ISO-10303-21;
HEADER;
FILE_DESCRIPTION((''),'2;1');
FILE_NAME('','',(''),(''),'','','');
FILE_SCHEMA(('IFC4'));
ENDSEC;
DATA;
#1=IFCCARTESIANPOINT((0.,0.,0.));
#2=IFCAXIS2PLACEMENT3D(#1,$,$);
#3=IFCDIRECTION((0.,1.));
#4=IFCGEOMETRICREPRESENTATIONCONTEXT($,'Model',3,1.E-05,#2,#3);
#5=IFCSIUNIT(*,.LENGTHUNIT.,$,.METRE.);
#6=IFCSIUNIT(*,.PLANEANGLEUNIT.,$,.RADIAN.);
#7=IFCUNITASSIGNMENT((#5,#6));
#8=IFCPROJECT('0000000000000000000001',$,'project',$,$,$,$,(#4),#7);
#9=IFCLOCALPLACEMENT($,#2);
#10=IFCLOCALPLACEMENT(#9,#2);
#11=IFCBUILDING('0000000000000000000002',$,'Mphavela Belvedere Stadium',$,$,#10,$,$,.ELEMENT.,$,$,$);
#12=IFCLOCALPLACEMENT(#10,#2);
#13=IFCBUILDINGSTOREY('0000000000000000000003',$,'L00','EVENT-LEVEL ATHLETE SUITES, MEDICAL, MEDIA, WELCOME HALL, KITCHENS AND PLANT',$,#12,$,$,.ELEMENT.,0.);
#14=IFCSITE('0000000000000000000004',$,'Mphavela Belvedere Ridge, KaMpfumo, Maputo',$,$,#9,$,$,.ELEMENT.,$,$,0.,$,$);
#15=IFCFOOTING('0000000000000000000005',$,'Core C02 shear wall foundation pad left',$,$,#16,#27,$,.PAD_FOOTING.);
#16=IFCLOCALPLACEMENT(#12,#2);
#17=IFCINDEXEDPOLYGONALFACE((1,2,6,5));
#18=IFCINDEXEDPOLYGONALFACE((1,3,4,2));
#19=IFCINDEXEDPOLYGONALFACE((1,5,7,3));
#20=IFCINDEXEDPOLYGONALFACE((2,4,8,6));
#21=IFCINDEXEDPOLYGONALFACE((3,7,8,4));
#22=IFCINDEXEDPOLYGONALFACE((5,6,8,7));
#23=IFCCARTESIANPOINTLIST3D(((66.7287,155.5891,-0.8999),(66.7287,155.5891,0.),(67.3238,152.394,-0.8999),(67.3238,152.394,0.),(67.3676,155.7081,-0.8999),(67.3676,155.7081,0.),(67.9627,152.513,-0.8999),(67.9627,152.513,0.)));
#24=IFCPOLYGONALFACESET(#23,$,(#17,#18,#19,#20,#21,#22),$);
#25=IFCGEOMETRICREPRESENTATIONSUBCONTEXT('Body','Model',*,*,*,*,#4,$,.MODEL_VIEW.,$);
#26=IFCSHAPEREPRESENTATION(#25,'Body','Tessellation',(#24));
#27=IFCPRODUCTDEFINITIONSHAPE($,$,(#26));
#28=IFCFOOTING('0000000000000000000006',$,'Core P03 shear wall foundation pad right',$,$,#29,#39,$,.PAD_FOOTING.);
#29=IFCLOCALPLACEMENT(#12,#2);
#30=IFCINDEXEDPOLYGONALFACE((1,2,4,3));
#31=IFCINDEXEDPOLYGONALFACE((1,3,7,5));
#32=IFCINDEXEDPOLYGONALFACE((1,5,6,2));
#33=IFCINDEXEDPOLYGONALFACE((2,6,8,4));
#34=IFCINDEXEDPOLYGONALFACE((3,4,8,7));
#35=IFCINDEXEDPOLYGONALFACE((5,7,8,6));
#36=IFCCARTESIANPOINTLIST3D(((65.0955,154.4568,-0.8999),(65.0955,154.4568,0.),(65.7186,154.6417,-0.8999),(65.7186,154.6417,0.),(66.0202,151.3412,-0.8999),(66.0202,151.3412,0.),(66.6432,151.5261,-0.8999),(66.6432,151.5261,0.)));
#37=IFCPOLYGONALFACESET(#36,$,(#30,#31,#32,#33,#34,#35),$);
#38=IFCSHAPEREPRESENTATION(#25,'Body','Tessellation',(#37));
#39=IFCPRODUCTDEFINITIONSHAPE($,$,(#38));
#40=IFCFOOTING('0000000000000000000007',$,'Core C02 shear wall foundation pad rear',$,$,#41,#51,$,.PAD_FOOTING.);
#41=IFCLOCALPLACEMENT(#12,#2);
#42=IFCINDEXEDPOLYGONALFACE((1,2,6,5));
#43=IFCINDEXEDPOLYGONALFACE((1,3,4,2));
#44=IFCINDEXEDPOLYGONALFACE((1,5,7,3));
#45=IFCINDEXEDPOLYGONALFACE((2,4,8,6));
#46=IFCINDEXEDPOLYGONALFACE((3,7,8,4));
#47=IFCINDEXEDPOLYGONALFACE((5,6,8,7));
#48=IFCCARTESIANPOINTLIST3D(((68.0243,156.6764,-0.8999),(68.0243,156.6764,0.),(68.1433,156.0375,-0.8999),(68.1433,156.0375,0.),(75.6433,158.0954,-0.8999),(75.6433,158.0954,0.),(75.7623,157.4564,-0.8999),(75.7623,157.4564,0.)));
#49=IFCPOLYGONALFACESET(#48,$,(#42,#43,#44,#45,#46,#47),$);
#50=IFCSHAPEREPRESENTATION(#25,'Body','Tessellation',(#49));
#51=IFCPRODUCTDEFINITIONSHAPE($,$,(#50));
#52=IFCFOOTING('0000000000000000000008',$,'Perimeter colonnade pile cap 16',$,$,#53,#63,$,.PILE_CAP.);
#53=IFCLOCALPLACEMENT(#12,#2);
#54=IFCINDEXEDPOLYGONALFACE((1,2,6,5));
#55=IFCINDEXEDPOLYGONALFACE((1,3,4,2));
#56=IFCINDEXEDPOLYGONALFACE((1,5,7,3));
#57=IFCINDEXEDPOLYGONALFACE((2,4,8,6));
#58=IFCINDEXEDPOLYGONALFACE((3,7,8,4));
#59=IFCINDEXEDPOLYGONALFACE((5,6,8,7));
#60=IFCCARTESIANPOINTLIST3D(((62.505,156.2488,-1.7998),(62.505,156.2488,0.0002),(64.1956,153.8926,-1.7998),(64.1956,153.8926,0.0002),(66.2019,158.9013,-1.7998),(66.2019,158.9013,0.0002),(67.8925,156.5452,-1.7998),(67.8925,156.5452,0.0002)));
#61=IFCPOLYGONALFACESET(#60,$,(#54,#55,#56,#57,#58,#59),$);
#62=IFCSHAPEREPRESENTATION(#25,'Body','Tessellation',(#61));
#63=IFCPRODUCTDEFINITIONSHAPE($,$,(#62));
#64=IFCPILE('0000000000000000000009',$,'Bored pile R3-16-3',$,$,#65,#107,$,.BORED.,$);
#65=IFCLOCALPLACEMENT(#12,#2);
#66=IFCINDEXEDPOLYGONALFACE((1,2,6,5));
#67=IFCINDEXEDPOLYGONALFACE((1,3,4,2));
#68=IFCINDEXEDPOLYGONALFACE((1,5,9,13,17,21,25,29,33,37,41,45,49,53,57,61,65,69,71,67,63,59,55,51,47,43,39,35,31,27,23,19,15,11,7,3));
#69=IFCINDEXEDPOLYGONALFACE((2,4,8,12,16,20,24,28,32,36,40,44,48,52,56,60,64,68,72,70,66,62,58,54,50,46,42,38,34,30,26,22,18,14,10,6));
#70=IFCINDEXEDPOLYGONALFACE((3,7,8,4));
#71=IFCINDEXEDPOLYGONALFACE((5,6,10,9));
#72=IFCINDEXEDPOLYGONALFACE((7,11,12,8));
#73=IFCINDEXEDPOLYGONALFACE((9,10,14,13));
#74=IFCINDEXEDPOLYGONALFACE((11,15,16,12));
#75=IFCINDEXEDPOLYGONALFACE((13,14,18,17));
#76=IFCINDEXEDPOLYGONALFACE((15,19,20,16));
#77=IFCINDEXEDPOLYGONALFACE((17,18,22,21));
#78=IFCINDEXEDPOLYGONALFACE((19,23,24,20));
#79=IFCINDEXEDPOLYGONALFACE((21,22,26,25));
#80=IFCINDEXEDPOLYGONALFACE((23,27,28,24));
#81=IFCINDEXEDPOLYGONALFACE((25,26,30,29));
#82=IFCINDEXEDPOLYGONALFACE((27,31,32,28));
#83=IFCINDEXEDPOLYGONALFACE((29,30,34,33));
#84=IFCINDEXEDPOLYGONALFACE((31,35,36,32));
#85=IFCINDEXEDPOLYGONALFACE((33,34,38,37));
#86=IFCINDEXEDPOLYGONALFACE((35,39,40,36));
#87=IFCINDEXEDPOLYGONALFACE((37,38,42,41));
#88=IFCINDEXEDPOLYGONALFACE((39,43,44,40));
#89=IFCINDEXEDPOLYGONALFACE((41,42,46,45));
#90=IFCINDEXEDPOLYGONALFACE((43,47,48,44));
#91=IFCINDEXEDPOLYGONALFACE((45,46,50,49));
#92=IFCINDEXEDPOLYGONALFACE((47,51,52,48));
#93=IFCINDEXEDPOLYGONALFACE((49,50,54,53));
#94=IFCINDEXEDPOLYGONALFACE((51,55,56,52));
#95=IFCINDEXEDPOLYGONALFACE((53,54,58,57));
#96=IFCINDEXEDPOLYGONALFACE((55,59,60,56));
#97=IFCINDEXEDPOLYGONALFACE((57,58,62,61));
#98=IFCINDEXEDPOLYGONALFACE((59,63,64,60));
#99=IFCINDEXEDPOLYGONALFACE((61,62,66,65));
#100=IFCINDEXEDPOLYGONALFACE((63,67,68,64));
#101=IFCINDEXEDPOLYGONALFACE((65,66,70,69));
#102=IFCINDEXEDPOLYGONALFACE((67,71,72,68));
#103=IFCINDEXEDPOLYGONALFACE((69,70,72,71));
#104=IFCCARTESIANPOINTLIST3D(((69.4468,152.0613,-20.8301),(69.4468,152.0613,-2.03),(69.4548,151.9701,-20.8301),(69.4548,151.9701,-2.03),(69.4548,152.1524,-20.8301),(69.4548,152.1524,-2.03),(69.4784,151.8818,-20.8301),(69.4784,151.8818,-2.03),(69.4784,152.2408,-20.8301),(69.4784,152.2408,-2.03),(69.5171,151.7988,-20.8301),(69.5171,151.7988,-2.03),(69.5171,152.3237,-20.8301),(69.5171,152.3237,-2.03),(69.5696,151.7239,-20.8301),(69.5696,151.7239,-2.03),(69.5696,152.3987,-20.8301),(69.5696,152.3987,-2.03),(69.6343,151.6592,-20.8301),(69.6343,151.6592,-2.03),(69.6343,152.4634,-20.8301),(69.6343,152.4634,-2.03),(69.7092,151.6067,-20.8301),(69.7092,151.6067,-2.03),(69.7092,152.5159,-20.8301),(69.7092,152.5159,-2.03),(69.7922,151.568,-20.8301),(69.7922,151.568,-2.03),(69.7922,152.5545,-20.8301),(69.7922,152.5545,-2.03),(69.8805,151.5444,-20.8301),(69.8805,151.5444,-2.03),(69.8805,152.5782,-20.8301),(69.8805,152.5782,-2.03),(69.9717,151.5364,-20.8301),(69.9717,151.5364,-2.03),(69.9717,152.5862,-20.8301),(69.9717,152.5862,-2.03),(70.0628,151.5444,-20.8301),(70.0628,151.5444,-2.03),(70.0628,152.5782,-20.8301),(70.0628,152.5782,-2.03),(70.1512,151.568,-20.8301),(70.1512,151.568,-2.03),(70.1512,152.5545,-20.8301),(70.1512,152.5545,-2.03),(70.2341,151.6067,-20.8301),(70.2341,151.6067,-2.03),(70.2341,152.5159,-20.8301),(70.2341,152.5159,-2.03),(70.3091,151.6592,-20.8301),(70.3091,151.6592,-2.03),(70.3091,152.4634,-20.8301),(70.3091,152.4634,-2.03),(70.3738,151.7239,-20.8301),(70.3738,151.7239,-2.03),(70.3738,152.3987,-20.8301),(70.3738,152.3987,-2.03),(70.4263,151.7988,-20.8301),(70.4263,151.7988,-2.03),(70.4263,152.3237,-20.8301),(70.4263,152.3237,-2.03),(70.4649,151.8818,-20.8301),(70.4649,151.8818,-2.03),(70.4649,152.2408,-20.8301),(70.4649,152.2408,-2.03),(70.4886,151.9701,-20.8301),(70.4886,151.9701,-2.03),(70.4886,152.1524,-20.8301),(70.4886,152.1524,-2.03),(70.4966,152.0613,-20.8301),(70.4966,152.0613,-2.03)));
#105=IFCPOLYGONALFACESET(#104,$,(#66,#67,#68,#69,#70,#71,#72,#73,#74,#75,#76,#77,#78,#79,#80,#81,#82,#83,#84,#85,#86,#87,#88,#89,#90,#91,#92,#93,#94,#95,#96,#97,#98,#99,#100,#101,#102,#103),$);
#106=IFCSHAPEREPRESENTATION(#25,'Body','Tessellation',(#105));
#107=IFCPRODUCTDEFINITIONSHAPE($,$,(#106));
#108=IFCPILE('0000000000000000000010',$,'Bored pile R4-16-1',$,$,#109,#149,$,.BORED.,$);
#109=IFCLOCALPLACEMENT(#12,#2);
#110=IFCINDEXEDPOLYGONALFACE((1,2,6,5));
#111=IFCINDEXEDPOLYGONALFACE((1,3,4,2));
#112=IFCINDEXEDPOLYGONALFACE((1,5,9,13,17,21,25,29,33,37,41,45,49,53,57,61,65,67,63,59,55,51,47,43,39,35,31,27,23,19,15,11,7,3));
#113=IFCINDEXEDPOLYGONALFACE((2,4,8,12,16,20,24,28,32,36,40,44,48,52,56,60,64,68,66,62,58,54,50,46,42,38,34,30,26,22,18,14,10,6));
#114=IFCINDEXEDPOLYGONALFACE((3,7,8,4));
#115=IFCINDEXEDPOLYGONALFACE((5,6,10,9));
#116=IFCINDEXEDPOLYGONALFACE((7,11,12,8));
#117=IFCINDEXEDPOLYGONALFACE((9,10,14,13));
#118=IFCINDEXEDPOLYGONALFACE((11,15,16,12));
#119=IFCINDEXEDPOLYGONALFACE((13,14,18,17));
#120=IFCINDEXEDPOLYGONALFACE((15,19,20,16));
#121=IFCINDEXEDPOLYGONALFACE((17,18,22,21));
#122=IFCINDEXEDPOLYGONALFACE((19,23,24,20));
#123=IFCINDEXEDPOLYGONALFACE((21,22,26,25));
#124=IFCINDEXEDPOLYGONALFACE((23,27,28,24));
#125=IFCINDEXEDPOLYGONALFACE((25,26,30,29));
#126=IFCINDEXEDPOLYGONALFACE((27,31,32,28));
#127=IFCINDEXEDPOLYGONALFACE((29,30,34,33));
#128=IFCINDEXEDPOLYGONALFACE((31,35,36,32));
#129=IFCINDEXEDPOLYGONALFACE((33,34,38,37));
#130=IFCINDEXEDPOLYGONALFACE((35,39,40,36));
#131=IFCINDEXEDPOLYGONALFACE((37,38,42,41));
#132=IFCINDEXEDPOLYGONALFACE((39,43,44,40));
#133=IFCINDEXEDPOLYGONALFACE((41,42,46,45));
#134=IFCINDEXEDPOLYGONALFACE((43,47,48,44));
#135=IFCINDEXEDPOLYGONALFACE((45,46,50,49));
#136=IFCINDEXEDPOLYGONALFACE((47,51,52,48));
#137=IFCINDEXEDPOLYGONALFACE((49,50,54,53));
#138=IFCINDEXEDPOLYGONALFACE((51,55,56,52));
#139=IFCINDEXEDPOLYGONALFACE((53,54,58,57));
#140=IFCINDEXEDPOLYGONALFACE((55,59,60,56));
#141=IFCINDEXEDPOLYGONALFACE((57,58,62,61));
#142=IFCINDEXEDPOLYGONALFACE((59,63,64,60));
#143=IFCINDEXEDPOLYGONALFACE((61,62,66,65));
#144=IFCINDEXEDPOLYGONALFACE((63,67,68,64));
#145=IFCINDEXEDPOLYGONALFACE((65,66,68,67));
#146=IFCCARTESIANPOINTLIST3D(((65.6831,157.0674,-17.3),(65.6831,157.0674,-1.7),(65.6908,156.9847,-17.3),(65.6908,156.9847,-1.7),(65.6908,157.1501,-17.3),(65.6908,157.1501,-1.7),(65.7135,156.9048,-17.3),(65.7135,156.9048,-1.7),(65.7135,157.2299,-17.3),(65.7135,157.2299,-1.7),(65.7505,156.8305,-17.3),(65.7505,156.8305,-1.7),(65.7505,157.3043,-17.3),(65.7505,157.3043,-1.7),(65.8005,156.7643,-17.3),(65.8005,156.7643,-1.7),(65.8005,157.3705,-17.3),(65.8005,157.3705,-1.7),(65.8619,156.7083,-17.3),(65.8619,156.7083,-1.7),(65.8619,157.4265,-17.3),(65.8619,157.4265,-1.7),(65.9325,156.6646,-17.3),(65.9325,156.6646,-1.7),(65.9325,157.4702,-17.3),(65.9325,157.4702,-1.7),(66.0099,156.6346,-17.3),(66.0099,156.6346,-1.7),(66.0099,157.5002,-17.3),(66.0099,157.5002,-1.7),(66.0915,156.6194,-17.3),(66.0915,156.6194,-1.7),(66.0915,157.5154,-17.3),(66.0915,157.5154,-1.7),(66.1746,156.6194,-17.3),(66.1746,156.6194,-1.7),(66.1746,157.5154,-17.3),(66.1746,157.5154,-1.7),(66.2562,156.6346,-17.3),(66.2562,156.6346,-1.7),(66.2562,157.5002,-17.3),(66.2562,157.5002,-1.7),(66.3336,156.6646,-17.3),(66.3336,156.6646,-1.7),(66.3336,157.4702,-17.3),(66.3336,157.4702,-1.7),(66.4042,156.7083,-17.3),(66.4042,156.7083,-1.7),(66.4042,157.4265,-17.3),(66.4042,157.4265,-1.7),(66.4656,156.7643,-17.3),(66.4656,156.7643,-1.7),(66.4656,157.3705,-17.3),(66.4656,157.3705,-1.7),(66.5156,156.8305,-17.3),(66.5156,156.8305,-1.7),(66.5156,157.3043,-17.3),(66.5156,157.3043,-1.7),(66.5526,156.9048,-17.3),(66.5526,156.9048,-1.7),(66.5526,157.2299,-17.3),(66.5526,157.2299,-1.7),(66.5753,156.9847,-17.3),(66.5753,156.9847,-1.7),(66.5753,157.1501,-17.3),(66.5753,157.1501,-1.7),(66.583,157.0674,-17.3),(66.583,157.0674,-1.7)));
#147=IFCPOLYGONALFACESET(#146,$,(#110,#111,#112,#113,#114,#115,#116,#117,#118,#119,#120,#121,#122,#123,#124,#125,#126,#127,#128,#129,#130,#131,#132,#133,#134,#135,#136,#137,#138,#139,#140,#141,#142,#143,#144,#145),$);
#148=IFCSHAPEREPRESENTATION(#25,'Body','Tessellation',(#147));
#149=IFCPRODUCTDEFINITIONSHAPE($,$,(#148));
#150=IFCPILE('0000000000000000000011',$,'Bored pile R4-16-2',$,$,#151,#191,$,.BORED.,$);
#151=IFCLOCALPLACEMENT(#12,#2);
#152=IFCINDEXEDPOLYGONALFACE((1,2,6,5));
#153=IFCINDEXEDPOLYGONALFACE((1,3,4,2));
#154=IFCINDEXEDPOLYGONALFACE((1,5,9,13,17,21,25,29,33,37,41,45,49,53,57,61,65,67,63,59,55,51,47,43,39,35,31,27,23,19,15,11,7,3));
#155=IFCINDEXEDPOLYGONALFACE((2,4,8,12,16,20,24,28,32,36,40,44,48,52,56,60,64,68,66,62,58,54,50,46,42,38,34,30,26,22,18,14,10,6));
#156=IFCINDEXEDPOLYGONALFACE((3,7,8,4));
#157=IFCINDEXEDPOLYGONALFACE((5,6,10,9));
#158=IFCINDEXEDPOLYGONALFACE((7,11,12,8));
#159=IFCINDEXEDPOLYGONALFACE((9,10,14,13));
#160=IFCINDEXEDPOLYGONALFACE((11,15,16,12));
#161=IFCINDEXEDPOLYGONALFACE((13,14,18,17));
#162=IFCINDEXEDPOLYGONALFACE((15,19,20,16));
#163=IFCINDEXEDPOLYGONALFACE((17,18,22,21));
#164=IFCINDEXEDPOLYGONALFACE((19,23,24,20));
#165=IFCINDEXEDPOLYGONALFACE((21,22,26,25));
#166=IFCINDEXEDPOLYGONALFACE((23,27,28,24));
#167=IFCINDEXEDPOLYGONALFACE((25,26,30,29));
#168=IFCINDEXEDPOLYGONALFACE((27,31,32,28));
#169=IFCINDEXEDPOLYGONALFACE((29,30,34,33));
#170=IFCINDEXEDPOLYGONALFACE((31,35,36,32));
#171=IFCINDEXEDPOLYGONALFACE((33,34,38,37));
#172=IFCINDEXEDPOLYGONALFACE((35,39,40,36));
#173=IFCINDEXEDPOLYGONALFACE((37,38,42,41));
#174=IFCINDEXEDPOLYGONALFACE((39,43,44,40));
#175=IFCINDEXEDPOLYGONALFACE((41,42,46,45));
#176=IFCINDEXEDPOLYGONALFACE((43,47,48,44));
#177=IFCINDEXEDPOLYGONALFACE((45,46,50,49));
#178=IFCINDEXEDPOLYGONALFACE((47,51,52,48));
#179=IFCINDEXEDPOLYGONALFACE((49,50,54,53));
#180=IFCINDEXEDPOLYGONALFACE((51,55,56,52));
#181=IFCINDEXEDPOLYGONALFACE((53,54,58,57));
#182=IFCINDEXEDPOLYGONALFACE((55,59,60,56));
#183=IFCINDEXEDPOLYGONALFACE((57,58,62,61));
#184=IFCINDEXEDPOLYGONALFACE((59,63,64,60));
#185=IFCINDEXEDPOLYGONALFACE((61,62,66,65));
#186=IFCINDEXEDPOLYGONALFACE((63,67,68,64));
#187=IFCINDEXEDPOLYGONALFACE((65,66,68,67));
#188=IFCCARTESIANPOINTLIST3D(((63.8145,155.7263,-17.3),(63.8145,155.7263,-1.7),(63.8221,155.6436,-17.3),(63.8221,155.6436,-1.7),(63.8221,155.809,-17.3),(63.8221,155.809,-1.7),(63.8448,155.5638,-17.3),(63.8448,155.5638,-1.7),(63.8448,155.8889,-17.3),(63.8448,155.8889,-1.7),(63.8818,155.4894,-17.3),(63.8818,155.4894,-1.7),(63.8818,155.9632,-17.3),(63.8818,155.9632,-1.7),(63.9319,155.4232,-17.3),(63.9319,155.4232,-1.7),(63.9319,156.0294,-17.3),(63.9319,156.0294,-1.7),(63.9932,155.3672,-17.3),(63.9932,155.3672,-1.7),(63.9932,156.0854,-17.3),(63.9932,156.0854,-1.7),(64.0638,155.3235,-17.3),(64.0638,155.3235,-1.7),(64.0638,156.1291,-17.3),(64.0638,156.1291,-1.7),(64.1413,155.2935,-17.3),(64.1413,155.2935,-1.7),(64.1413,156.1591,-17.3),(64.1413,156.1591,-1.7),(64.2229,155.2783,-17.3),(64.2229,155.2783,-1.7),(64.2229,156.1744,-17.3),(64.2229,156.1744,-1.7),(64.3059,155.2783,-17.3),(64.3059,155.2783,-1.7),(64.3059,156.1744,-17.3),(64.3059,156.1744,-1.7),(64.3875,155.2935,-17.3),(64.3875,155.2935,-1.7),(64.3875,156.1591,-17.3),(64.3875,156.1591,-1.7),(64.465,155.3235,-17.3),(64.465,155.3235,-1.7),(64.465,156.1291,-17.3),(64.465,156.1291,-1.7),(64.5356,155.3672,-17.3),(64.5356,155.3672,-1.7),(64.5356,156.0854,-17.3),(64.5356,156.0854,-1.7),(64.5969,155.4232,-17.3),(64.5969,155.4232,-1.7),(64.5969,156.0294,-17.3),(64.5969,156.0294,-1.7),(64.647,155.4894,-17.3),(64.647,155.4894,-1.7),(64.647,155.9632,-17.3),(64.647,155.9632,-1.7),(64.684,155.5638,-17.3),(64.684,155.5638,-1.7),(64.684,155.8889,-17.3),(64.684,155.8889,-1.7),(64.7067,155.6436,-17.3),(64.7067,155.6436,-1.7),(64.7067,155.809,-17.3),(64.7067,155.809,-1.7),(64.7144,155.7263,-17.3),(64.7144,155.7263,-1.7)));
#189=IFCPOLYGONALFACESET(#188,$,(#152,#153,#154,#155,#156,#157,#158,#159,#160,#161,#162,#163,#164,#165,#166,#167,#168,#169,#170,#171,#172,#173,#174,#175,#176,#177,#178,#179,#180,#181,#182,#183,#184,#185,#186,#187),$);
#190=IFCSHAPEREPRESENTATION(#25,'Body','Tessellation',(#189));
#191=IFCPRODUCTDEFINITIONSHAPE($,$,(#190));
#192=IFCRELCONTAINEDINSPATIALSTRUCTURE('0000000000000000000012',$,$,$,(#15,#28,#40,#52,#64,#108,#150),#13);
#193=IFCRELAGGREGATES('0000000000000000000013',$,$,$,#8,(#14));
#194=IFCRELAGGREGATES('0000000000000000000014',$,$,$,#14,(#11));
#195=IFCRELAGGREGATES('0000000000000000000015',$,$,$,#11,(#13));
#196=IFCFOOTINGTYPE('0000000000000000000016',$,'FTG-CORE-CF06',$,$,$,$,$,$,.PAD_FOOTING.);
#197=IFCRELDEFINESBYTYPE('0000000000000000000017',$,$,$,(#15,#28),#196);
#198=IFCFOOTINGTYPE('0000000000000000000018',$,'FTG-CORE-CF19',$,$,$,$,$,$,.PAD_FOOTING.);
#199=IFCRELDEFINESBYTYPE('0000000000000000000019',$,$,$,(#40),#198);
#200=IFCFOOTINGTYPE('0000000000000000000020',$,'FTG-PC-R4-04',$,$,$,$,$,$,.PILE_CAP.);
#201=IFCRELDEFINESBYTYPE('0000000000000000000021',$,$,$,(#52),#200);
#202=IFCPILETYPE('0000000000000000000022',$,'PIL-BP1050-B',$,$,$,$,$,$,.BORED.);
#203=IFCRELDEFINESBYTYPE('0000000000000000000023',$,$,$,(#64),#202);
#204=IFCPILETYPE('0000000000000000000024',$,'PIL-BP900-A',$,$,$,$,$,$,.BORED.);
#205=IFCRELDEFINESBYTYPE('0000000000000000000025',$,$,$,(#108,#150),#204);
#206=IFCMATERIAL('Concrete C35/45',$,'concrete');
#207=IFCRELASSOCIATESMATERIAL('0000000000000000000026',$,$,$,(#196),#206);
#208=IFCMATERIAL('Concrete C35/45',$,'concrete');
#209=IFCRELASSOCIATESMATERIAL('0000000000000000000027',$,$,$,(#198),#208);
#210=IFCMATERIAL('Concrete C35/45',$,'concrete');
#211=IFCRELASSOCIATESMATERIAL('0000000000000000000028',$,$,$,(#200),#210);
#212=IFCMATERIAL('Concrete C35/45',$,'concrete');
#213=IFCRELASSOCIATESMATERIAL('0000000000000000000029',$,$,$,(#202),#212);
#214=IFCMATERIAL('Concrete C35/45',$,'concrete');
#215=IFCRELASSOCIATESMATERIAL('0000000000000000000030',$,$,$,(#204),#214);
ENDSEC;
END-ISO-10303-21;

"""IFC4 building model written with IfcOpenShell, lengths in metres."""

from ifc_helpers import new_model, si_unit, direction, frame, origin, origin_2d, place, context, subcontext, project, spatial, rectangle, circle, extrude, material, material_profile, profile_set, type_object, element, save


model = new_model("IFC4")

# Units and contexts
model_context = context("Model", 3, precision=1e-05, world=origin(), true_north=direction((0.0, 1.0)))
body_context = subcontext(model_context, "Body", "Model", "MODEL_VIEW")
ifc_project = project(units=[si_unit("LENGTHUNIT", "METRE"), si_unit("PLANEANGLEUNIT", "RADIAN")], contexts=[model_context])

# Site, building, storey
site_placement = place(None, origin())
site = spatial("IfcSite", under=ifc_project, at=site_placement, Name="Mphavela Belvedere Ridge, KaMpfumo, Maputo", CompositionType="ELEMENT", RefElevation=0.0)
building_placement = place(site_placement, origin())
building = spatial("IfcBuilding", under=site, at=building_placement, Name="Mphavela Belvedere Stadium", CompositionType="ELEMENT")
storey_placement = place(building_placement, origin())
storey = spatial("IfcBuildingStorey", under=building, at=storey_placement, Name="L00", Description="EVENT-LEVEL ATHLETE SUITES, MEDICAL, MEDIA, WELCOME HALL, KITCHENS AND PLANT", CompositionType="ELEMENT", Elevation=0.0)

# Footings
ifc_material_1 = material(Name="Concrete C35/45", Category="concrete")
footing_type_1 = type_object("IfcFootingType", Name="FTG-CORE-CF06", PredefinedType="PAD_FOOTING", material=ifc_material_1)
for number, where, z_axis, x_axis, name in (
    (1, (67.3457, 154.051, -0.8999), (0.0, 0.0, 1.0), (-0.183094, 0.983096, 0.0), "Core C02 shear wall foundation pad left"),
    (2, (65.8694, 152.9915, -0.8999), (0.0, 0.0, 1.0), (-0.284517, 0.958671, 0.0), "Core P03 shear wall foundation pad right"),
):
    element("IfcFooting", number, at=place(storey_placement, frame(where, z_axis=z_axis, x_axis=x_axis)), inside=storey, type_object=footing_type_1, Name=name, PredefinedType="PAD_FOOTING", context=body_context, shape_type="SweptSolid", body=[
        extrude(rectangle(XDim=3.25, YDim=0.6499, at=origin_2d()), origin(), (0.0, 0.0, 1.0), 0.8999),
    ])
ifc_material_2 = material(Name="Concrete C35/45", Category="concrete")
footing_type_2 = type_object("IfcFootingType", Name="FTG-CORE-CF19", PredefinedType="PAD_FOOTING", material=ifc_material_2)
footing_1_placement = place(storey_placement, frame((71.8933, 157.0664, -0.8999), z_axis=(0.0, 0.0, 1.0), x_axis=(0.983096, 0.183094, 0.0)))
element("IfcFooting", 3, at=footing_1_placement, inside=storey, type_object=footing_type_2, Name="Core C02 shear wall foundation pad rear", PredefinedType="PAD_FOOTING", context=body_context, shape_type="SweptSolid", body=[
    extrude(rectangle(XDim=7.75, YDim=0.6499, at=origin_2d()), origin(), (0.0, 0.0, 1.0), 0.8999),
])
ifc_material_3 = material(Name="Concrete C35/45", Category="concrete")
footing_type_3 = type_object("IfcFootingType", Name="FTG-PC-R4-04", PredefinedType="PILE_CAP", material=ifc_material_3)
footing_2_placement = place(storey_placement, frame((65.1987, 156.397, -1.7998), z_axis=(0.0, 0.0, 1.0), x_axis=(-0.812491, -0.582974, 0.0)))
element("IfcFooting", 4, at=footing_2_placement, inside=storey, type_object=footing_type_3, Name="Perimeter colonnade pile cap 16", PredefinedType="PILE_CAP", context=body_context, shape_type="SweptSolid", body=[
    extrude(rectangle(XDim=4.55, YDim=2.8999, at=origin_2d()), origin(), (0.0, 0.0, 1.0), 1.8),
])

# Piles
ifc_material_4 = material(Name="Concrete C35/45", Category="concrete")
ifc_material_profile_1 = material_profile(ifc_material_4, circle(Radius=0.5249, at=origin_2d()), Name="BP D1050")
ifc_profile_set_1 = profile_set([ifc_material_profile_1], Name="Concrete C35/45")
pile_type_1 = type_object("IfcPileType", Name="PIL-BP1050-B", PredefinedType="BORED", material=ifc_profile_set_1)
pile_placement = place(storey_placement, frame((69.9717, 152.0613, -2.03), z_axis=(0.0, 0.0, -1.0), x_axis=(1.0, 0.0, 0.0)))
element("IfcPile", 5, at=pile_placement, inside=storey, type_object=pile_type_1, Name="Bored pile R3-16-3", PredefinedType="BORED", context=body_context, shape_type="SweptSolid", body=[
    extrude(circle(Radius=0.5249, at=origin_2d()), origin(), (0.0, 0.0, 1.0), 18.8),
])
ifc_material_5 = material(Name="Concrete C35/45", Category="concrete")
ifc_material_profile_2 = material_profile(ifc_material_5, circle(Radius=0.45, at=origin_2d()), Name="BP D900")
ifc_profile_set_2 = profile_set([ifc_material_profile_2], Name="Concrete C35/45")
pile_type_2 = type_object("IfcPileType", Name="PIL-BP900-A", PredefinedType="BORED", material=ifc_profile_set_2)
for number, where, z_axis, x_axis, name in (
    (6, (66.1331, 157.0674, -1.7), (0.0, 0.0, -1.0), (1.0, 0.0, 0.0), "Bored pile R4-16-1"),
    (7, (64.2644, 155.7263, -1.7), (0.0, 0.0, -1.0), (1.0, 0.0, 0.0), "Bored pile R4-16-2"),
):
    element("IfcPile", number, at=place(storey_placement, frame(where, z_axis=z_axis, x_axis=x_axis)), inside=storey, type_object=pile_type_2, Name=name, PredefinedType="BORED", context=body_context, shape_type="SweptSolid", body=[
        extrude(circle(Radius=0.45, at=origin_2d()), origin(), (0.0, 0.0, 1.0), 15.6001),
    ])

save(model, "model.ifc")
